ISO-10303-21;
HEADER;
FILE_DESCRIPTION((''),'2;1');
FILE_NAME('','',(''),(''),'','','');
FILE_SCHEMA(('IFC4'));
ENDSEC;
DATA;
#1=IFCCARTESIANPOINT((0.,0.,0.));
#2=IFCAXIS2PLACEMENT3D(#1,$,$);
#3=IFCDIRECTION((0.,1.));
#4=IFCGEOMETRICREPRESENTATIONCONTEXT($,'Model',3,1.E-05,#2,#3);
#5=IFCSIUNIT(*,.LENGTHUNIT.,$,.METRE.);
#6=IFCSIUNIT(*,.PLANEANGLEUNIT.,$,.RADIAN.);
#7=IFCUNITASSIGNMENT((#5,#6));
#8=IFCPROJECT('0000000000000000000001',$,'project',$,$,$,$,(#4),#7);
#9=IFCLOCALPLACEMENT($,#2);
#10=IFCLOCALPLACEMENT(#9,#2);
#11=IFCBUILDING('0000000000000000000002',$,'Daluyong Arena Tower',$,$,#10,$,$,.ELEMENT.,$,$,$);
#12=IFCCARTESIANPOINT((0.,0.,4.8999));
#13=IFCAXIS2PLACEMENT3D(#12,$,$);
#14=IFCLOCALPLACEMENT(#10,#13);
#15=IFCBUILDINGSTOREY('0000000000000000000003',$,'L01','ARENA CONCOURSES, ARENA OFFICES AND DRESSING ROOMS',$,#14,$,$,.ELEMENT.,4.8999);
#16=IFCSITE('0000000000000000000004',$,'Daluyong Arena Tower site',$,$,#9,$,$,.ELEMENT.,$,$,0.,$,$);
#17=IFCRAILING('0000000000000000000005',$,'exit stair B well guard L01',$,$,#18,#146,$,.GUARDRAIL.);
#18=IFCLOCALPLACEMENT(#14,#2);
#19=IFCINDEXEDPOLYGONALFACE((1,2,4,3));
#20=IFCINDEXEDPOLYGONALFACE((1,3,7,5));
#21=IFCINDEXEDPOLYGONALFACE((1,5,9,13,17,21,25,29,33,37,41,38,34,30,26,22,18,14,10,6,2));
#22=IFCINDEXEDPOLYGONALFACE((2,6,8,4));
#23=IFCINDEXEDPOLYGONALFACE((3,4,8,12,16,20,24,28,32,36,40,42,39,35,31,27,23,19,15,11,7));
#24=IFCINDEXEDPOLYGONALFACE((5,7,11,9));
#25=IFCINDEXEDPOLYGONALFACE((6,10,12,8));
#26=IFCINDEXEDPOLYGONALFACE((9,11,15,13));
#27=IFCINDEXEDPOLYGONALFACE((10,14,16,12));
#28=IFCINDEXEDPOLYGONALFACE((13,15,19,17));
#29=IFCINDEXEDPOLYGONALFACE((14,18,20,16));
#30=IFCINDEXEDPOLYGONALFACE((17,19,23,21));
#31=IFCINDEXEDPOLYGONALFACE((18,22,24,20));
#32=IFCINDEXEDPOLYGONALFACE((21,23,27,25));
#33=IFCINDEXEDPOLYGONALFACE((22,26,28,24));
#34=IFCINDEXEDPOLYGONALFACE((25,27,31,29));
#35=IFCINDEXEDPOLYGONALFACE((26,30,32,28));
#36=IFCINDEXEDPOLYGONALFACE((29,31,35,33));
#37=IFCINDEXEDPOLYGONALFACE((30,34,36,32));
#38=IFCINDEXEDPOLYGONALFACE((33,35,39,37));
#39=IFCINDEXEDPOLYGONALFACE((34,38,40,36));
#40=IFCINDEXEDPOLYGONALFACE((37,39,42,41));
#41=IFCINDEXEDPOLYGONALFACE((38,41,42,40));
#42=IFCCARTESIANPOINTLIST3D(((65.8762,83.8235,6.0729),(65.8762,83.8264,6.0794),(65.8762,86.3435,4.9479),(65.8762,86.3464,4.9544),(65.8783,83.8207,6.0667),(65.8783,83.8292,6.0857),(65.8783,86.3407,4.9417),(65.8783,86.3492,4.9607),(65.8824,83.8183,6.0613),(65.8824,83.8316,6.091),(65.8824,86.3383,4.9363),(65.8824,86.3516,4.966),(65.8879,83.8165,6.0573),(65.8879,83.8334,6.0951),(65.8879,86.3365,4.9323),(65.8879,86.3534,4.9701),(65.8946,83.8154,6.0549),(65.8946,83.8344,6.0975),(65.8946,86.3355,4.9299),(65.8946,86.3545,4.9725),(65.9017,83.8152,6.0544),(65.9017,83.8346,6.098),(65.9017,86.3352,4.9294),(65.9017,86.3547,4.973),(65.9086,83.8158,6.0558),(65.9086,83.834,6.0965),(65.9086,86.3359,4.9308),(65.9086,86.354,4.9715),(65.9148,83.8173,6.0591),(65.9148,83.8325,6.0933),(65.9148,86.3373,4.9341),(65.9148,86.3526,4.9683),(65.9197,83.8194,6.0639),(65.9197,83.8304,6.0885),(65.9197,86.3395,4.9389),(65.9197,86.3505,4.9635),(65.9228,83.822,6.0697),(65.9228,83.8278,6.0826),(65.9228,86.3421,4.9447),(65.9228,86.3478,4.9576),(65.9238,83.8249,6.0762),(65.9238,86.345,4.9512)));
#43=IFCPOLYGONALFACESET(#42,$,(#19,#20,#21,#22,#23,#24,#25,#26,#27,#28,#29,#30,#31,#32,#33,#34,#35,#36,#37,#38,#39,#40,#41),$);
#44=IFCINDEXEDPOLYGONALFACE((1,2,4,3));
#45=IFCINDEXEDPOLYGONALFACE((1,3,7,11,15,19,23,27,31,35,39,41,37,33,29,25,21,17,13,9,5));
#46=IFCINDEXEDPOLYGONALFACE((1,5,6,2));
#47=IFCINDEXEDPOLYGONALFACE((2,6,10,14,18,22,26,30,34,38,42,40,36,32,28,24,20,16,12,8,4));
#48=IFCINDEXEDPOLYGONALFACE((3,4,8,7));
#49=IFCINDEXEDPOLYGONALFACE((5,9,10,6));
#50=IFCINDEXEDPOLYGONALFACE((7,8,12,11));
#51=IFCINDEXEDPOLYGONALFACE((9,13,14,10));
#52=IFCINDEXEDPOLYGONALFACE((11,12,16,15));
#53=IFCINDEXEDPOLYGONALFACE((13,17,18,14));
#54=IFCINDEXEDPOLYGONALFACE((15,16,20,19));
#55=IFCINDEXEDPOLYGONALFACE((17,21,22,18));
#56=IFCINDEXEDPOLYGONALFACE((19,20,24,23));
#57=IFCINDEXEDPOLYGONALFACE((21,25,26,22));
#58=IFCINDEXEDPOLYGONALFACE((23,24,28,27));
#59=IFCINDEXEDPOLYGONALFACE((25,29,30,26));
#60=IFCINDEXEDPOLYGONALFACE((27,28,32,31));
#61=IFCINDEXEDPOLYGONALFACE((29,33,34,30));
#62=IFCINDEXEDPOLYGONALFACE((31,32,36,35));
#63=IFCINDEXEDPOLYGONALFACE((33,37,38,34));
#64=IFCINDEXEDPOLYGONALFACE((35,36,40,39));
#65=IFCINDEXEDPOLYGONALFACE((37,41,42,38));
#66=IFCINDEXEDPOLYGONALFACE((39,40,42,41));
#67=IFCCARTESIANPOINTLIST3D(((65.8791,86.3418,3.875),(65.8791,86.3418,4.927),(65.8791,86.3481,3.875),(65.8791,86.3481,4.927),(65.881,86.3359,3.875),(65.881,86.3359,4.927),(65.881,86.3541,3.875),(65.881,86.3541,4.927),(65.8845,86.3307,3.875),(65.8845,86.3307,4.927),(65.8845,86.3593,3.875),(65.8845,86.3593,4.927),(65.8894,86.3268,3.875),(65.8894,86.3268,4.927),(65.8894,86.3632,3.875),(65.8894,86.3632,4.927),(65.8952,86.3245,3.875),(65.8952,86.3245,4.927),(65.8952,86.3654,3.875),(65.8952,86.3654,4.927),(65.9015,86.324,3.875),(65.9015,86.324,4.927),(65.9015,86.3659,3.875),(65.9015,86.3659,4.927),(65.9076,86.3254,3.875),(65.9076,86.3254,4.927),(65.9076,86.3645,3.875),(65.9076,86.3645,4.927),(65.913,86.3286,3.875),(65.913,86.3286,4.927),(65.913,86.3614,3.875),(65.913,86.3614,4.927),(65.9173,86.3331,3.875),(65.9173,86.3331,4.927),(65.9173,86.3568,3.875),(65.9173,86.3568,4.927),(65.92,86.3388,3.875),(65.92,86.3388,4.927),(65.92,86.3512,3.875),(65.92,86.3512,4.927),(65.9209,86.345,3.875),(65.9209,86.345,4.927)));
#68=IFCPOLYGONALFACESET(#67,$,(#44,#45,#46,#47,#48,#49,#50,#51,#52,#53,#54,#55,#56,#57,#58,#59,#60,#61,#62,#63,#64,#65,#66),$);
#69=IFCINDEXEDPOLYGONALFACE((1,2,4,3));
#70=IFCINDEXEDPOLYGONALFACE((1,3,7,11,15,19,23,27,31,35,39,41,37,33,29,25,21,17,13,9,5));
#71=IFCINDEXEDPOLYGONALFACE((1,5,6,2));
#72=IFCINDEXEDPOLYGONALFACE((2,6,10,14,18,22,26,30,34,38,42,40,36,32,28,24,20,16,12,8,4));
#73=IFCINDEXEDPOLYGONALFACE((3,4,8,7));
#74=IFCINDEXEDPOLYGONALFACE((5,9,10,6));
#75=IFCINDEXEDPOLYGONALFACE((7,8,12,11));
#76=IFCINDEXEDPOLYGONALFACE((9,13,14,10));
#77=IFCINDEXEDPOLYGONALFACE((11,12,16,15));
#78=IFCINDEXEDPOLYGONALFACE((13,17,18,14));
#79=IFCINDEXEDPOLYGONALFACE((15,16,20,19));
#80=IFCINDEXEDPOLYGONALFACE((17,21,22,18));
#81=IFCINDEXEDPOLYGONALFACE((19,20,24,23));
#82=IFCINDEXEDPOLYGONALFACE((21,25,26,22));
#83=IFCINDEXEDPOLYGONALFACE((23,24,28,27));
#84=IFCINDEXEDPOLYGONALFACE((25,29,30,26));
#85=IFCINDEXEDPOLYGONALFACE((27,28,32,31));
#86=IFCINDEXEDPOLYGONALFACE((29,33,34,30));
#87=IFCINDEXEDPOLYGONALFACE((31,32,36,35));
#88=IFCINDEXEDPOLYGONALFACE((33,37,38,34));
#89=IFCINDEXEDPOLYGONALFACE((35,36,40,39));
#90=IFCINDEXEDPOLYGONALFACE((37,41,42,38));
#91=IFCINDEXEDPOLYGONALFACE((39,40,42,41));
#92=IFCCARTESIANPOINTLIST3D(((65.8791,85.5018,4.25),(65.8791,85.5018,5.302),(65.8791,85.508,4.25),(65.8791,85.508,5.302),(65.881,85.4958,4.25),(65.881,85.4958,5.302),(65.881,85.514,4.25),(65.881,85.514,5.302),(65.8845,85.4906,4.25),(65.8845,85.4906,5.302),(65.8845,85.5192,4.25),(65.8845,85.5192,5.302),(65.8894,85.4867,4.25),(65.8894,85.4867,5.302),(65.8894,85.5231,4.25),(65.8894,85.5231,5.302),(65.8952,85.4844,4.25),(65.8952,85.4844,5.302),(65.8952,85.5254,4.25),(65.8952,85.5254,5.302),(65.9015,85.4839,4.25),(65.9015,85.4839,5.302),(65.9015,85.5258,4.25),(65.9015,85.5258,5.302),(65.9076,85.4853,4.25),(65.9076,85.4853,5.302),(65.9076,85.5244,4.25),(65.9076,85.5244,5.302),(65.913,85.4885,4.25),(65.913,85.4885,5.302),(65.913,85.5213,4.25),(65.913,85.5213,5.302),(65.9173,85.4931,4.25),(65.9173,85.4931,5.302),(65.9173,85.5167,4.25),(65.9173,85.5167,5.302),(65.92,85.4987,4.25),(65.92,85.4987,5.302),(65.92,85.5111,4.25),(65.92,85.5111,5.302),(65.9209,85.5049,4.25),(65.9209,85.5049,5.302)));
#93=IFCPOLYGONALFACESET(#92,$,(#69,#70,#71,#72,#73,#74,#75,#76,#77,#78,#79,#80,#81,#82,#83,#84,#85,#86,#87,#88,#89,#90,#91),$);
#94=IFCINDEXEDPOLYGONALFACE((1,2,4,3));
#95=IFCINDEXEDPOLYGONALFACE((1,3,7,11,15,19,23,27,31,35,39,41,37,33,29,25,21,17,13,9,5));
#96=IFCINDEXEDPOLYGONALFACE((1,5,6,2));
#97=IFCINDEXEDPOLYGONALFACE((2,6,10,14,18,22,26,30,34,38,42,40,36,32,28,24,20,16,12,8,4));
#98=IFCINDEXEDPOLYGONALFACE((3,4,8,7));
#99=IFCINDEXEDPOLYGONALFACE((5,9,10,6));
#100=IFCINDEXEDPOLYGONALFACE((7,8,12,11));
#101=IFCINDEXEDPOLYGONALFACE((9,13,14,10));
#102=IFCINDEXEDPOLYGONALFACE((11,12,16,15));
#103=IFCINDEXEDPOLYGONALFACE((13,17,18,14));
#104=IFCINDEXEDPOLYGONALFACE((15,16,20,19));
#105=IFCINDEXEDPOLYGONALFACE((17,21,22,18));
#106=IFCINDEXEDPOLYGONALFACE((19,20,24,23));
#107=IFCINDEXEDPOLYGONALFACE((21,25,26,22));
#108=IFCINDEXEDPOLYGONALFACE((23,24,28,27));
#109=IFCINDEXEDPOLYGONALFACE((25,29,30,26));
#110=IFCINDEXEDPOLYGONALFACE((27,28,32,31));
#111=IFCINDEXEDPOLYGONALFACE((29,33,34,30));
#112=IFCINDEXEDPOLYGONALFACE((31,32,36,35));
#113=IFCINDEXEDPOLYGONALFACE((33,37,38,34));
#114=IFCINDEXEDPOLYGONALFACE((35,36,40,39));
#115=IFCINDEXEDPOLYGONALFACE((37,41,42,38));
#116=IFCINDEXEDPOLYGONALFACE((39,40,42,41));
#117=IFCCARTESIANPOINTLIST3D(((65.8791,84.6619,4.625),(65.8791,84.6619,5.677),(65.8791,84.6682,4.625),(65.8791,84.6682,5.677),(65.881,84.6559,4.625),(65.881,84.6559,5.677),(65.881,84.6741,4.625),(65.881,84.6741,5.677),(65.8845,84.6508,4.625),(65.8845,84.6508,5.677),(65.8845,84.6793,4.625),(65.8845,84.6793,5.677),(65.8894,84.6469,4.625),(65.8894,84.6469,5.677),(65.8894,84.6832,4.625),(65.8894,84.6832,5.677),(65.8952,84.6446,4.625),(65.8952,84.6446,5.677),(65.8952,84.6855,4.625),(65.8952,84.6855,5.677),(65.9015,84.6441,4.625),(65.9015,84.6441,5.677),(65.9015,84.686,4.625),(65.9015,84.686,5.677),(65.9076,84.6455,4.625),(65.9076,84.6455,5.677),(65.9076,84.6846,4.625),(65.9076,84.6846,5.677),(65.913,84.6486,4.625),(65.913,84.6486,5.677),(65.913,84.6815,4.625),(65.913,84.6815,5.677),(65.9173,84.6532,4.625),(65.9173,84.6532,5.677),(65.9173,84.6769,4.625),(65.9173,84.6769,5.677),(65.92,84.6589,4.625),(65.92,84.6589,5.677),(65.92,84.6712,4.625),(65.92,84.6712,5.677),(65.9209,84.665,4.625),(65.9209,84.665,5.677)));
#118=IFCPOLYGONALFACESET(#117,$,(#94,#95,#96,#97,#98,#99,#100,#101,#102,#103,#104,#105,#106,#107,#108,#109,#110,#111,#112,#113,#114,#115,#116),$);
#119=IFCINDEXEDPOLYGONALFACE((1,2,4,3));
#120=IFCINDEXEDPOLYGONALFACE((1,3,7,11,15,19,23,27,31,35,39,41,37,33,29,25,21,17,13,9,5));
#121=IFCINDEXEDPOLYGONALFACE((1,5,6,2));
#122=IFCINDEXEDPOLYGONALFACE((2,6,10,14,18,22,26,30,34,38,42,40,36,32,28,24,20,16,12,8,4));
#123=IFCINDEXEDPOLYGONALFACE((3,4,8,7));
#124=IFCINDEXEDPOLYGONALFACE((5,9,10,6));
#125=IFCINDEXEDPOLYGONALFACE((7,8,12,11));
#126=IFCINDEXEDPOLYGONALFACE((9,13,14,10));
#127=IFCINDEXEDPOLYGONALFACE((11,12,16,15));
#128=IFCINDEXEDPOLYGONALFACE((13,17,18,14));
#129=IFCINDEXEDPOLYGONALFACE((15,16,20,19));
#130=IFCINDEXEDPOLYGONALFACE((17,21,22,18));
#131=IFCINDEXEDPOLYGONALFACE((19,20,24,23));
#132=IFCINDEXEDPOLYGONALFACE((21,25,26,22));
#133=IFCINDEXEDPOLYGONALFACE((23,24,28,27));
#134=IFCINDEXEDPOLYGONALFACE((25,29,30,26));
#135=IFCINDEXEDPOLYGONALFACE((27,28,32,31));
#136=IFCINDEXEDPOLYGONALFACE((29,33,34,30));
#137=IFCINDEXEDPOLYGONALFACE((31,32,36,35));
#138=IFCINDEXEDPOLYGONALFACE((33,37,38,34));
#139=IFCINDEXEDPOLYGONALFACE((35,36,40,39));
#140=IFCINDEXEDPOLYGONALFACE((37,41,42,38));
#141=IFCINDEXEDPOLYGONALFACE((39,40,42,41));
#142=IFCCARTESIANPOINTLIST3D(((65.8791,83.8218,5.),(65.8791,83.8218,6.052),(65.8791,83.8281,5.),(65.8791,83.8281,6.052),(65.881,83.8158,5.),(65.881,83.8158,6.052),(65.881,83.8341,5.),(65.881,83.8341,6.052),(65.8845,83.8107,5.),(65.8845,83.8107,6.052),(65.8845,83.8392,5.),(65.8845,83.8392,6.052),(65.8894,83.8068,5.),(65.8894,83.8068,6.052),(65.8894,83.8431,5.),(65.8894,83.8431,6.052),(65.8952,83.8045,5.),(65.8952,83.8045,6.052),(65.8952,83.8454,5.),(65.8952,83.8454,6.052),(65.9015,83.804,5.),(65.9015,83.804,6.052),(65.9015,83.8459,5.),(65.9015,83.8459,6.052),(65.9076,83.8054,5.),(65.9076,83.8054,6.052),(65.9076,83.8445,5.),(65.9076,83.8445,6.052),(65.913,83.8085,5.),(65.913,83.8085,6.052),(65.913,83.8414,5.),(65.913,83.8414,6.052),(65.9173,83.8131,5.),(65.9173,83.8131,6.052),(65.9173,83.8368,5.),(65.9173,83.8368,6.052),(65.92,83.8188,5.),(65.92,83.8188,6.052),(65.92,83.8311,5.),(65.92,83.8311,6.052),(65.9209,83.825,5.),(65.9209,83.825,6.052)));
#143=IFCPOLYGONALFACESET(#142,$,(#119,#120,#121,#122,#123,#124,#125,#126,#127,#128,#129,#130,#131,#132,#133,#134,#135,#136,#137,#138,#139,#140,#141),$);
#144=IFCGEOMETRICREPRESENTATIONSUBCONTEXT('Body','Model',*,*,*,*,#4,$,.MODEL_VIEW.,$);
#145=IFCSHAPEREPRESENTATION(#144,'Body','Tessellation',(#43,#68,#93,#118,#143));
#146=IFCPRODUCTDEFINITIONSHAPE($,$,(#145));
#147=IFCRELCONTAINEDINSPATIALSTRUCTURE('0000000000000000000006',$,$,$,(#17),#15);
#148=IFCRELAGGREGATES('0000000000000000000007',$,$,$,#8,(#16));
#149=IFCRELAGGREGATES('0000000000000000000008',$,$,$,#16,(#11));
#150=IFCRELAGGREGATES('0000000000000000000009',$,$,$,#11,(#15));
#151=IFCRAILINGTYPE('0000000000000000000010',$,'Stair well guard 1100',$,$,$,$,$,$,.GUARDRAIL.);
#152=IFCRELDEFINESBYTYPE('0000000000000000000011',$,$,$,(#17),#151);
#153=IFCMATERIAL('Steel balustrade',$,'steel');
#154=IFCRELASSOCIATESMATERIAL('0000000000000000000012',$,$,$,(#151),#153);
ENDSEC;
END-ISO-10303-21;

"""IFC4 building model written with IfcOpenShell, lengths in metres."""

from ifc_helpers import new_model, si_unit, direction, frame, origin, origin_2d, place, context, subcontext, project, spatial, circle, extrude, material, type_object, element, save


model = new_model("IFC4")

# Units and contexts
model_context = context("Model", 3, precision=1e-05, world=origin(), true_north=direction((0.0, 1.0)))
body_context = subcontext(model_context, "Body", "Model", "MODEL_VIEW")
ifc_project = project(units=[si_unit("LENGTHUNIT", "METRE"), si_unit("PLANEANGLEUNIT", "RADIAN")], contexts=[model_context])

# Site, building, storey
site_placement = place(None, origin())
site = spatial("IfcSite", under=ifc_project, at=site_placement, Name="Daluyong Arena Tower site", CompositionType="ELEMENT", RefElevation=0.0)
building_placement = place(site_placement, origin())
building = spatial("IfcBuilding", under=site, at=building_placement, Name="Daluyong Arena Tower", CompositionType="ELEMENT")
storey_placement = place(building_placement, frame((0.0, 0.0, 4.8999)))
storey = spatial("IfcBuildingStorey", under=building, at=storey_placement, Name="L01", Description="ARENA CONCOURSES, ARENA OFFICES AND DRESSING ROOMS", CompositionType="ELEMENT", Elevation=4.8999)

# Railing
ifc_material_1 = material(Name="Steel balustrade", Category="steel")
railing_type_1 = type_object("IfcRailingType", Name="Stair well guard 1100", PredefinedType="GUARDRAIL", material=ifc_material_1)
for number, where, name in (
    (1, (65.8999, 86.345, 3.875), "exit stair B well guard L01"),
):
    element("IfcRailing", number, at=place(storey_placement, frame(where)), inside=storey, type_object=railing_type_1, Name=name, PredefinedType="GUARDRAIL", context=body_context, shape_type="SweptSolid", body=[
        extrude(circle(Radius=0.0239, at=origin_2d()), frame((0.0, 0.0, 1.0762), z_axis=(0.0, -0.913139, 0.407648), x_axis=(1.0, 0.0, 0.0)), (0.0, 0.0, 1.0), 2.7598),
        extrude(circle(Radius=0.021, at=origin_2d()), origin(), (0.0, 0.0, 1.0), 1.052),
        extrude(circle(Radius=0.021, at=origin_2d()), frame((0.0, -0.8401, 0.375)), (0.0, 0.0, 1.0), 1.052),
        extrude(circle(Radius=0.021, at=origin_2d()), frame((0.0, -1.6799, 0.75)), (0.0, 0.0, 1.0), 1.052),
        extrude(circle(Radius=0.021, at=origin_2d()), frame((0.0, -2.52, 1.125)), (0.0, 0.0, 1.0), 1.052),
    ])

save(model, "model.ifc")
